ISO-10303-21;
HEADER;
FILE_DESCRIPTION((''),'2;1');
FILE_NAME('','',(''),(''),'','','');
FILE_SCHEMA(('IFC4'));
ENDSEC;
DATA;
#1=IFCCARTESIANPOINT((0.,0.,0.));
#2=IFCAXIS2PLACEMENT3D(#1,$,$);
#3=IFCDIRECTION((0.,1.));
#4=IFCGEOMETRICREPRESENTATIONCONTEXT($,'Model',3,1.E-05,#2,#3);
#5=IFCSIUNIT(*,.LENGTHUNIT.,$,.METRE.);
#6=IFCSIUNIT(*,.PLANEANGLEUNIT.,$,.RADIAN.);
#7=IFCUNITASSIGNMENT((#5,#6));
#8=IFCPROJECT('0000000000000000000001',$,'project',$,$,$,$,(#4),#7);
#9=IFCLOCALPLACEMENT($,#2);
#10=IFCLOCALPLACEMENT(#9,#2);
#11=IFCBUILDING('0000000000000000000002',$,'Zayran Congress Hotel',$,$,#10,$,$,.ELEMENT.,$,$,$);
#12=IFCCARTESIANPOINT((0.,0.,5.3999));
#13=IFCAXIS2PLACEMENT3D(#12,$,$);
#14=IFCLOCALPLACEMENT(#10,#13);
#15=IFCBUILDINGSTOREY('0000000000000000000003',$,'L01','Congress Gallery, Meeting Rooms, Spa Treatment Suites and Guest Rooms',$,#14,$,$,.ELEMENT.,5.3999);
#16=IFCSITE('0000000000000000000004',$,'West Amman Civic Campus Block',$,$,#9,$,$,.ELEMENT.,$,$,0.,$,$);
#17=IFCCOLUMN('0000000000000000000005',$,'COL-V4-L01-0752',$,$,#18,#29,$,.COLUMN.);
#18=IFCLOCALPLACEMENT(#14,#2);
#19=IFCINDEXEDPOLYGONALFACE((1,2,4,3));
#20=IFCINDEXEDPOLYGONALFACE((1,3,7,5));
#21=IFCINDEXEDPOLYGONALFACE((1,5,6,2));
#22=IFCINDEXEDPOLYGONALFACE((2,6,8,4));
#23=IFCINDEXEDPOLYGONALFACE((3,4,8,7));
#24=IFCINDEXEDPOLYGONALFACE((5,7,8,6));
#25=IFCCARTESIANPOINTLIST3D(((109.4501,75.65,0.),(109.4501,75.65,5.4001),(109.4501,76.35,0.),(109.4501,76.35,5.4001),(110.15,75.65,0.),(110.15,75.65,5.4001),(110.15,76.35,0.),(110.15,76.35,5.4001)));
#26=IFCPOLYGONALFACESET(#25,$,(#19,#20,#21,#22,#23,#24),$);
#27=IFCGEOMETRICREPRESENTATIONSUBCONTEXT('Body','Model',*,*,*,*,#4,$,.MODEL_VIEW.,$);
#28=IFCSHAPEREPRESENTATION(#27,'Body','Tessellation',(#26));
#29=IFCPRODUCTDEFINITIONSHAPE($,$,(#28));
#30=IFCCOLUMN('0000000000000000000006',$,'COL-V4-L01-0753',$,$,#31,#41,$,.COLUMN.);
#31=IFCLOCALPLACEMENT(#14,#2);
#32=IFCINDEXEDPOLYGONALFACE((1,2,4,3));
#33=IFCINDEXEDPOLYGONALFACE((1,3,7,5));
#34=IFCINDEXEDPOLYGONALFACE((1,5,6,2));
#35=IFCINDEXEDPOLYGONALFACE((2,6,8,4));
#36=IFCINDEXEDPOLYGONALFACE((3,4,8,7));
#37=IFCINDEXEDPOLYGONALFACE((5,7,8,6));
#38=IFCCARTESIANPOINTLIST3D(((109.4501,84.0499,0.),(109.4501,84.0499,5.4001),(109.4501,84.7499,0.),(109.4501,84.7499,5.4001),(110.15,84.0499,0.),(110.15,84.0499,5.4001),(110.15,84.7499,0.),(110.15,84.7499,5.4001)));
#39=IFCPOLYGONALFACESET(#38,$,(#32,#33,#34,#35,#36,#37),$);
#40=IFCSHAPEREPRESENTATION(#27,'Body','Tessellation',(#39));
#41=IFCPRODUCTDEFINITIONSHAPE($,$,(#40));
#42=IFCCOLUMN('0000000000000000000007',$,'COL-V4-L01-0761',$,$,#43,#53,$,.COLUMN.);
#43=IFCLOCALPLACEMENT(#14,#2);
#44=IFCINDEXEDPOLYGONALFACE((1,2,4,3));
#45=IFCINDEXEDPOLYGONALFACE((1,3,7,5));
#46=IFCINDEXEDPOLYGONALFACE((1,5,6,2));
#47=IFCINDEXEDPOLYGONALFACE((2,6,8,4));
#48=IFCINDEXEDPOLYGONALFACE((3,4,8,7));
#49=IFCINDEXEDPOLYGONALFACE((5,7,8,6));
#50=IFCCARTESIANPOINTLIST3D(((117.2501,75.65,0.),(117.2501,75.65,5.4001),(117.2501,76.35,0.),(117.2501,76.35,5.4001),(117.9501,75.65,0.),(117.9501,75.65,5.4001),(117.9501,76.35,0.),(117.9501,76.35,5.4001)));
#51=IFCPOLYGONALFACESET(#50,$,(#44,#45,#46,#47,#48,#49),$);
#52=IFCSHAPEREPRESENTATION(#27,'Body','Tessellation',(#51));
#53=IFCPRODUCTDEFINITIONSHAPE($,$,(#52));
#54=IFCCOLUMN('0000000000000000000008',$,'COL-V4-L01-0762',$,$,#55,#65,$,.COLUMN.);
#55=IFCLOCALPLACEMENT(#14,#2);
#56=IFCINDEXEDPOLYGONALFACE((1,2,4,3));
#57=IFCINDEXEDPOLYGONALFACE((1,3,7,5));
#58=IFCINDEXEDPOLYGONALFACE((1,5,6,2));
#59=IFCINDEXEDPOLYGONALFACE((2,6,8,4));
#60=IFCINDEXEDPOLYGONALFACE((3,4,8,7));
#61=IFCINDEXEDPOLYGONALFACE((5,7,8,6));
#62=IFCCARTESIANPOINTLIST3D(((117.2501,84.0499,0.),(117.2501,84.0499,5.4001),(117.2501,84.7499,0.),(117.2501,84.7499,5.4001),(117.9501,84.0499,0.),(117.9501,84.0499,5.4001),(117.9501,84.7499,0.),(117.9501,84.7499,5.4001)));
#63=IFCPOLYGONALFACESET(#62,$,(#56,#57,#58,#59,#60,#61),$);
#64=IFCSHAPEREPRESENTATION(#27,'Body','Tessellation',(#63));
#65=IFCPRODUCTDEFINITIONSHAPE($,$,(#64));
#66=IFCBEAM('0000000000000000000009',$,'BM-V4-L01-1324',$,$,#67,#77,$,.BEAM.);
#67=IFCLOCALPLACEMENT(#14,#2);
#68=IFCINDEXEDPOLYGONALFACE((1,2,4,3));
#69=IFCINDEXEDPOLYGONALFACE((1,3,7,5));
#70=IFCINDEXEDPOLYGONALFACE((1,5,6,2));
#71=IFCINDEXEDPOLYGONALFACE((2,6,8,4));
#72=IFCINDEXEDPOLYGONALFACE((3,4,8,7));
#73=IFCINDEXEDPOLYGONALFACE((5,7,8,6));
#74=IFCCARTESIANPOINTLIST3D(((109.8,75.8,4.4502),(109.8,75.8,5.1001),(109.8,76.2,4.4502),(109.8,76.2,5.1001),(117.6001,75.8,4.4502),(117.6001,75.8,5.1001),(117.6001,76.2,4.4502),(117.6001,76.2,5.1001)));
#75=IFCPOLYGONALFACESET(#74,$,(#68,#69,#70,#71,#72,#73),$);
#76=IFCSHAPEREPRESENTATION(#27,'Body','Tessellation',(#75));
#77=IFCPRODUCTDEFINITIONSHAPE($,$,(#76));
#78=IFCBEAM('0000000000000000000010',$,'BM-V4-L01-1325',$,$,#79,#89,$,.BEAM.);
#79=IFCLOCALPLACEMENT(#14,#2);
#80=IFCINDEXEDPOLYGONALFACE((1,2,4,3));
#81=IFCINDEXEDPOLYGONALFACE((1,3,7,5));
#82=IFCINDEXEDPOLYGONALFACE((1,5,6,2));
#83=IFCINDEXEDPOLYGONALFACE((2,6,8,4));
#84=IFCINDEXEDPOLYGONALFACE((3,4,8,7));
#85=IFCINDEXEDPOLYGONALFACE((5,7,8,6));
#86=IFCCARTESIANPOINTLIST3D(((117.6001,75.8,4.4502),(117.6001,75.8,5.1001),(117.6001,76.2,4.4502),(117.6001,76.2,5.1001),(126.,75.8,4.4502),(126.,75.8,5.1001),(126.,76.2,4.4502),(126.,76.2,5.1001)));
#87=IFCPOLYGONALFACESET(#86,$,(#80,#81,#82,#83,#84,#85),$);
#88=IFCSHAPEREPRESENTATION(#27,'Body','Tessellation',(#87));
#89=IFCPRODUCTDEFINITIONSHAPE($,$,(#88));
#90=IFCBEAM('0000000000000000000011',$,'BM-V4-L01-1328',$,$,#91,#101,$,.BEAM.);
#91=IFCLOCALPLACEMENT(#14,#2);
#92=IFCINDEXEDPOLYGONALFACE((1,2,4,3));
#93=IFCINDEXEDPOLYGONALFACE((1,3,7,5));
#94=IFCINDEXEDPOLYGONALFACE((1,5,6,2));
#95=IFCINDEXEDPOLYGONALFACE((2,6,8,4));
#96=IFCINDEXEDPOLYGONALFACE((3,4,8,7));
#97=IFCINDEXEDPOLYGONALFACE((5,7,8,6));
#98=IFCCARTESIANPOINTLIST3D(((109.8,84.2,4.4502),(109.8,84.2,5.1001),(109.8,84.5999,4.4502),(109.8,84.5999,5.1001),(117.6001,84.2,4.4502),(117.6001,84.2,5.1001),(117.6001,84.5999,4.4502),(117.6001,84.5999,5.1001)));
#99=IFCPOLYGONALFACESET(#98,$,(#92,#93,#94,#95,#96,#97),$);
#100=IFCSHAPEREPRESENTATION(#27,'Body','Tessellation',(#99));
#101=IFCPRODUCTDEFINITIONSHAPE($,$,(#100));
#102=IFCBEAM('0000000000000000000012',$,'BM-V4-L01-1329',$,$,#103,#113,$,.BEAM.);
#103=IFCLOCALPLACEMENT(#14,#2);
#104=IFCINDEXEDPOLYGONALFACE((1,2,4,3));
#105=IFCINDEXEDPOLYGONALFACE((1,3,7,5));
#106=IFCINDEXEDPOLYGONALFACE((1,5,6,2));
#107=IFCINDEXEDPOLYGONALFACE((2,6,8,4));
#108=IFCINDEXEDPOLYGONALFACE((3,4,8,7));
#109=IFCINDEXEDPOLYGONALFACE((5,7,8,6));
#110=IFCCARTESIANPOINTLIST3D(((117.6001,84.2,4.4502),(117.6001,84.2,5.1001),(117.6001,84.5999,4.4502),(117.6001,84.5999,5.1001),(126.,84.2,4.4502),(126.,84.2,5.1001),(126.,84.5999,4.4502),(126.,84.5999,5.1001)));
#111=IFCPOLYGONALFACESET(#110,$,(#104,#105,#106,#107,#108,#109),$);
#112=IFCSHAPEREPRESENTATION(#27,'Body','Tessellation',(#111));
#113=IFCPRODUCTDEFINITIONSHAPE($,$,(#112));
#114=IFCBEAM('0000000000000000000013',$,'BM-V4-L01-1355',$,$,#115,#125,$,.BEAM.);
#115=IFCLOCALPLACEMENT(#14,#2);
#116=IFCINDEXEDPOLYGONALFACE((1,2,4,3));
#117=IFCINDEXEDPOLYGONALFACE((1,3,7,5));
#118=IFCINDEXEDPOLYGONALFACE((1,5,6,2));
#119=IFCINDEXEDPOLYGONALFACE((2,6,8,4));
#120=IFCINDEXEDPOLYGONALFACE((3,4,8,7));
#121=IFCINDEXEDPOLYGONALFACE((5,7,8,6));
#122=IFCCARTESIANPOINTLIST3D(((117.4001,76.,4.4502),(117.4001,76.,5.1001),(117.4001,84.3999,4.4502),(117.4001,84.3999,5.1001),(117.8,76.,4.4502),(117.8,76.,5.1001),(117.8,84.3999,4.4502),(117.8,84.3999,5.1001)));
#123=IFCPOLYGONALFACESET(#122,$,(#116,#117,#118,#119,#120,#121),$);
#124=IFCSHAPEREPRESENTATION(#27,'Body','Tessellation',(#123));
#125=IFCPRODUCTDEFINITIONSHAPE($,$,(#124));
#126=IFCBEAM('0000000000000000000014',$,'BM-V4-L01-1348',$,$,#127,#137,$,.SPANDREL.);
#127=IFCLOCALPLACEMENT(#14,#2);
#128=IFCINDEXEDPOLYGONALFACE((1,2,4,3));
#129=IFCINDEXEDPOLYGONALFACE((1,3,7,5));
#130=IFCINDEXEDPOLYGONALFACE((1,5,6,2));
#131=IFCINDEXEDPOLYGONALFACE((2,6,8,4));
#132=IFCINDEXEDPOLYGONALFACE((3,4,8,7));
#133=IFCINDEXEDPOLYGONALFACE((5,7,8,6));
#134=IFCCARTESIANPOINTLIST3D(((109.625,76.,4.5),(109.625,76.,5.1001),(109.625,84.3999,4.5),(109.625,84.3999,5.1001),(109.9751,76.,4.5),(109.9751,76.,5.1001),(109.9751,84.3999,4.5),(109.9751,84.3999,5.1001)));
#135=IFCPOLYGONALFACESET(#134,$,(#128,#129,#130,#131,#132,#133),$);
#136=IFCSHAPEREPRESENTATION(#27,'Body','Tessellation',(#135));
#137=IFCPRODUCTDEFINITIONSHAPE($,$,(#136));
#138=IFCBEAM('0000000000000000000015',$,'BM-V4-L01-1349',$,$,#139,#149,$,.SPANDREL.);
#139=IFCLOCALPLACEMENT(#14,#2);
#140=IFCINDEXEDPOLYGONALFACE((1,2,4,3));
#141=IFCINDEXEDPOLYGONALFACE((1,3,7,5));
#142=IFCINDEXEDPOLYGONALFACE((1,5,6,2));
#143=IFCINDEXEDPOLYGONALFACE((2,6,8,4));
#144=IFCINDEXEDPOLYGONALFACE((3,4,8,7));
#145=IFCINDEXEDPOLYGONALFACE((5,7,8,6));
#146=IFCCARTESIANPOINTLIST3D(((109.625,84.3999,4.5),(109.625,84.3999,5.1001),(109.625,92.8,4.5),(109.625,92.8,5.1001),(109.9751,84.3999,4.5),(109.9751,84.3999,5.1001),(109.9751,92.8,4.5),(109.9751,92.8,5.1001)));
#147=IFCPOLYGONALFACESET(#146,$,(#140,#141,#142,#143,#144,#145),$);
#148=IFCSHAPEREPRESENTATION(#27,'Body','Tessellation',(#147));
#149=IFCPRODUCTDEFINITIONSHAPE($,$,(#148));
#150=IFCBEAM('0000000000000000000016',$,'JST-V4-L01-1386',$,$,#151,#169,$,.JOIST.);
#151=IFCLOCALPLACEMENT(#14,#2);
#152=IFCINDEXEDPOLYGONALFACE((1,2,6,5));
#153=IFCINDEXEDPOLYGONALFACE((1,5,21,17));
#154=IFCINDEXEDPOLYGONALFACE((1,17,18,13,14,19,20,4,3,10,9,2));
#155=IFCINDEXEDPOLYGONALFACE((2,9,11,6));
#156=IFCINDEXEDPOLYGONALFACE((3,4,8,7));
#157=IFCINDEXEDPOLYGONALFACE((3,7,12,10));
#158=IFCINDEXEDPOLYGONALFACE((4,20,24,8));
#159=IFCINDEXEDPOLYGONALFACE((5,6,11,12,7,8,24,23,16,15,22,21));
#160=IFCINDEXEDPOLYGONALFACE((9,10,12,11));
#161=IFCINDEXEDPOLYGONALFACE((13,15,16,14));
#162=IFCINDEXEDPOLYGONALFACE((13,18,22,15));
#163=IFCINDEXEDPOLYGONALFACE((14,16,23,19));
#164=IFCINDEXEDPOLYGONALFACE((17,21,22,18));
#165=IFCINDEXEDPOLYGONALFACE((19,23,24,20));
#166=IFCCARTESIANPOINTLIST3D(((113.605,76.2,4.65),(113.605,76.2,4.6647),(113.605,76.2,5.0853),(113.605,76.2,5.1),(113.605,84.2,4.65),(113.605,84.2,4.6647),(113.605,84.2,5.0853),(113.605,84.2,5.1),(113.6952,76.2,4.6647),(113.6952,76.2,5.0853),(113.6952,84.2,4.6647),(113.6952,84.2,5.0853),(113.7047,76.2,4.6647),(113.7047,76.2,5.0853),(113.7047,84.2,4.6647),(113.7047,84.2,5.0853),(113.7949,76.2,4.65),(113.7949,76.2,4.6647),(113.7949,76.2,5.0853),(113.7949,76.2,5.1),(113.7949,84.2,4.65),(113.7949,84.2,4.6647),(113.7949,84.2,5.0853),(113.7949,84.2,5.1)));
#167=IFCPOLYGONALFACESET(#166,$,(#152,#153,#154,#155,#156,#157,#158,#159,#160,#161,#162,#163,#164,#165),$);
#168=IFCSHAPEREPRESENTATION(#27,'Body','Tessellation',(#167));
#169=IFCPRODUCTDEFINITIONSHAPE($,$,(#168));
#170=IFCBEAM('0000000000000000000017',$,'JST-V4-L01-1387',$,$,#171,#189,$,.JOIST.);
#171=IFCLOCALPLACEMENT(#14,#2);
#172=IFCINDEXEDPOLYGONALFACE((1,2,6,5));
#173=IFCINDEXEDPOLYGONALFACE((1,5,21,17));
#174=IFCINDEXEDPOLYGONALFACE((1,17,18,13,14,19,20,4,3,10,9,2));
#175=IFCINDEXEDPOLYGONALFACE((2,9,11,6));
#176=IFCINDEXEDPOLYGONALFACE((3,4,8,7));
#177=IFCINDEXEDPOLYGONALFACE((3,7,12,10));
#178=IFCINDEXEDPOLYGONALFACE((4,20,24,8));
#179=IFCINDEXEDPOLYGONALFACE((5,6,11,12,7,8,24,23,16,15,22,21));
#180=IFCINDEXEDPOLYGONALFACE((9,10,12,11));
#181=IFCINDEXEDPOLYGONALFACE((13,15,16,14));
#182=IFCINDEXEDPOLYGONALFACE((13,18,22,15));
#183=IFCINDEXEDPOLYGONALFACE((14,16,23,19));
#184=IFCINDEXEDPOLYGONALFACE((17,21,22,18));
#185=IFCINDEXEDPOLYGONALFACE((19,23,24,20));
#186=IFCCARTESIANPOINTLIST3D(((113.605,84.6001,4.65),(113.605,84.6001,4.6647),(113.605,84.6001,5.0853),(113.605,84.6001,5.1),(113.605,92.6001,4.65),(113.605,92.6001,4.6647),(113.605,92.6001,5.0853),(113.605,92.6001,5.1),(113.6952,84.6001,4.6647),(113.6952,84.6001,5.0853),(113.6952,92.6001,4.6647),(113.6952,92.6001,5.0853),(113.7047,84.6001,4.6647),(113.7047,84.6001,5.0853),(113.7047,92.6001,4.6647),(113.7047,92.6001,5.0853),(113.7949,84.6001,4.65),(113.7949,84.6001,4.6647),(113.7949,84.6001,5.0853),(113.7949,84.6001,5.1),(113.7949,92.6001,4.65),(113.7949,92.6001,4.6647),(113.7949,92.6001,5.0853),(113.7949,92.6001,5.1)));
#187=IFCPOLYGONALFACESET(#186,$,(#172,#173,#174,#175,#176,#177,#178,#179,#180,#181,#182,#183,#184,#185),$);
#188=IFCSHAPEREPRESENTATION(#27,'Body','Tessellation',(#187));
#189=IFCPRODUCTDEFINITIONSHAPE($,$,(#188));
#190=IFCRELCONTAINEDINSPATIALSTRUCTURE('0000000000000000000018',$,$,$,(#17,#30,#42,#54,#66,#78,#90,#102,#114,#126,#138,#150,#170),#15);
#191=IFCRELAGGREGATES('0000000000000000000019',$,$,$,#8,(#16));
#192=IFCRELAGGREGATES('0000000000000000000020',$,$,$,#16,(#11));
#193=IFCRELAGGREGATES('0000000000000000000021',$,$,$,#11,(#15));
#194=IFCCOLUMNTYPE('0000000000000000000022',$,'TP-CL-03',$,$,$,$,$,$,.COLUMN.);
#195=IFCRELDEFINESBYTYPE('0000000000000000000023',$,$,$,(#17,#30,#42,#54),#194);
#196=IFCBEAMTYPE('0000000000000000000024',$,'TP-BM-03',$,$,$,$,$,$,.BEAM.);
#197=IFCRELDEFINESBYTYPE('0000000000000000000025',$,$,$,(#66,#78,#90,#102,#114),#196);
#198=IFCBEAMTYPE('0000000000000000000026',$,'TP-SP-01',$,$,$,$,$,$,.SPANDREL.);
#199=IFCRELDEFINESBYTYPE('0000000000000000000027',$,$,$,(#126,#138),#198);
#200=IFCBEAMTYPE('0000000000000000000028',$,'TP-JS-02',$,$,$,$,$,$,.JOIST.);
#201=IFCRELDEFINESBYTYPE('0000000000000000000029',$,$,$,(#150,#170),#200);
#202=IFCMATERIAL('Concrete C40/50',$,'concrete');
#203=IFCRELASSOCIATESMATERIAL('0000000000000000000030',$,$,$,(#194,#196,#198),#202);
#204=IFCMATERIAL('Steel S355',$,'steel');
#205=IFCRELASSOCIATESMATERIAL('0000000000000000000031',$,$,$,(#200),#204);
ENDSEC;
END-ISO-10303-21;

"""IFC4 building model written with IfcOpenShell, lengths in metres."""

from ifc_helpers import new_model, si_unit, direction, frame, origin, origin_2d, place, context, subcontext, project, spatial, rectangle, i_section, extrude, material, material_profile, profile_set, type_object, element, save


model = new_model("IFC4")

# Units and contexts
model_context = context("Model", 3, precision=1e-05, world=origin(), true_north=direction((0.0, 1.0)))
body_context = subcontext(model_context, "Body", "Model", "MODEL_VIEW")
ifc_project = project(units=[si_unit("LENGTHUNIT", "METRE"), si_unit("PLANEANGLEUNIT", "RADIAN")], contexts=[model_context])

# Site, building, storey
site_placement = place(None, origin())
site = spatial("IfcSite", under=ifc_project, at=site_placement, Name="West Amman Civic Campus Block", CompositionType="ELEMENT", RefElevation=0.0)
building_placement = place(site_placement, origin())
building = spatial("IfcBuilding", under=site, at=building_placement, Name="Zayran Congress Hotel", CompositionType="ELEMENT")
storey_placement = place(building_placement, frame((0.0, 0.0, 5.3999)))
storey = spatial("IfcBuildingStorey", under=building, at=storey_placement, Name="L01", Description="Congress Gallery, Meeting Rooms, Spa Treatment Suites and Guest Rooms", CompositionType="ELEMENT", Elevation=5.3999)

# Columns
ifc_material_1 = material(Name="Concrete C40/50", Category="concrete")
ifc_material_profile_1 = material_profile(ifc_material_1, rectangle(XDim=0.7, YDim=0.7, at=origin_2d()), Name="RC 700x700")
ifc_profile_set_1 = profile_set([ifc_material_profile_1], Name="Concrete C40/50")
column_type = type_object("IfcColumnType", Name="TP-CL-03", PredefinedType="COLUMN", material=ifc_profile_set_1)
for number, where, z_axis, x_axis, name in (
    (1, (109.8, 76.0, 0.0), (0.0, 0.0, 1.0), (1.0, 0.0, 0.0), "COL-V4-L01-0752"),
    (2, (109.8, 84.3999, 0.0), (0.0, 0.0, 1.0), (1.0, 0.0, 0.0), "COL-V4-L01-0753"),
    (3, (117.6001, 76.0, 0.0), (0.0, 0.0, 1.0), (1.0, 0.0, 0.0), "COL-V4-L01-0761"),
    (4, (117.6001, 84.3999, 0.0), (0.0, 0.0, 1.0), (1.0, 0.0, 0.0), "COL-V4-L01-0762"),
):
    element("IfcColumn", number, at=place(storey_placement, frame(where, z_axis=z_axis, x_axis=x_axis)), inside=storey, type_object=column_type, Name=name, PredefinedType="COLUMN", context=body_context, shape_type="SweptSolid", body=[
        extrude(rectangle(XDim=0.7, YDim=0.7, at=origin_2d()), origin(), (0.0, 0.0, 1.0), 5.4001),
    ])

# Beams
ifc_material_profile_2 = material_profile(ifc_material_1, rectangle(XDim=0.3999, YDim=0.6499, at=origin_2d()), Name="RC 400x650")
ifc_profile_set_2 = profile_set([ifc_material_profile_2], Name="Concrete C40/50")
beam_type_1 = type_object("IfcBeamType", Name="TP-BM-03", PredefinedType="BEAM", material=ifc_profile_set_2)
beam_1_placement = place(storey_placement, frame((109.8, 76.0, 4.7751), z_axis=(1.0, 0.0, 0.0), x_axis=(0.0, 1.0, 0.0)))
element("IfcBeam", 5, at=beam_1_placement, inside=storey, type_object=beam_type_1, Name="BM-V4-L01-1324", PredefinedType="BEAM", context=body_context, shape_type="SweptSolid", body=[
    extrude(rectangle(XDim=0.3999, YDim=0.6499, at=origin_2d()), origin(), (0.0, 0.0, 1.0), 7.8),
])
beam_2_placement = place(storey_placement, frame((117.6001, 76.0, 4.7751), z_axis=(1.0, 0.0, 0.0), x_axis=(0.0, 1.0, 0.0)))
element("IfcBeam", 6, at=beam_2_placement, inside=storey, type_object=beam_type_1, Name="BM-V4-L01-1325", PredefinedType="BEAM", context=body_context, shape_type="SweptSolid", body=[
    extrude(rectangle(XDim=0.3999, YDim=0.6499, at=origin_2d()), origin(), (0.0, 0.0, 1.0), 8.3999),
])
beam_3_placement = place(storey_placement, frame((109.8, 84.3999, 4.7751), z_axis=(1.0, 0.0, 0.0), x_axis=(0.0, 1.0, 0.0)))
element("IfcBeam", 7, at=beam_3_placement, inside=storey, type_object=beam_type_1, Name="BM-V4-L01-1328", PredefinedType="BEAM", context=body_context, shape_type="SweptSolid", body=[
    extrude(rectangle(XDim=0.3999, YDim=0.6499, at=origin_2d()), origin(), (0.0, 0.0, 1.0), 7.8),
])
for number, where, z_axis, x_axis, name in (
    (8, (117.6001, 84.3999, 4.7751), (1.0, 0.0, 0.0), (0.0, 1.0, 0.0), "BM-V4-L01-1329"),
    (9, (117.6001, 76.0, 4.7751), (0.0, 1.0, 0.0), (-1.0, 0.0, 0.0), "BM-V4-L01-1355"),
):
    element("IfcBeam", number, at=place(storey_placement, frame(where, z_axis=z_axis, x_axis=x_axis)), inside=storey, type_object=beam_type_1, Name=name, PredefinedType="BEAM", context=body_context, shape_type="SweptSolid", body=[
        extrude(rectangle(XDim=0.3999, YDim=0.6499, at=origin_2d()), origin(), (0.0, 0.0, 1.0), 8.3999),
    ])
ifc_material_profile_3 = material_profile(ifc_material_1, rectangle(XDim=0.3501, YDim=0.6001, at=origin_2d()), Name="RC 350x600")
ifc_profile_set_3 = profile_set([ifc_material_profile_3], Name="Concrete C40/50")
beam_type_2 = type_object("IfcBeamType", Name="TP-SP-01", PredefinedType="SPANDREL", material=ifc_profile_set_3)
beam_4_placement = place(storey_placement, frame((109.8, 76.0, 4.8), z_axis=(0.0, 1.0, 0.0), x_axis=(-1.0, 0.0, 0.0)))
element("IfcBeam", 10, at=beam_4_placement, inside=storey, type_object=beam_type_2, Name="BM-V4-L01-1348", PredefinedType="SPANDREL", context=body_context, shape_type="SweptSolid", body=[
    extrude(rectangle(XDim=0.3501, YDim=0.6001, at=origin_2d()), origin(), (0.0, 0.0, 1.0), 8.3999),
])
beam_5_placement = place(storey_placement, frame((109.8, 84.3999, 4.8), z_axis=(0.0, 1.0, 0.0), x_axis=(-1.0, 0.0, 0.0)))
element("IfcBeam", 11, at=beam_5_placement, inside=storey, type_object=beam_type_2, Name="BM-V4-L01-1349", PredefinedType="SPANDREL", context=body_context, shape_type="SweptSolid", body=[
    extrude(rectangle(XDim=0.3501, YDim=0.6001, at=origin_2d()), origin(), (0.0, 0.0, 1.0), 8.4001),
])
ifc_material_2 = material(Name="Steel S355", Category="steel")
ifc_material_profile_4 = material_profile(ifc_material_2, i_section(OverallWidth=0.1899, OverallDepth=0.45, WebThickness=0.0095, FlangeThickness=0.0146, at=origin_2d()), Name="IPE 450")
ifc_profile_set_4 = profile_set([ifc_material_profile_4], Name="Steel S355")
beam_type_3 = type_object("IfcBeamType", Name="TP-JS-02", PredefinedType="JOIST", material=ifc_profile_set_4)
for number, where, z_axis, x_axis, name in (
    (12, (113.7, 76.2, 4.875), (0.0, 1.0, 0.0), (-1.0, 0.0, 0.0), "JST-V4-L01-1386"),
    (13, (113.7, 84.6001, 4.875), (0.0, 1.0, 0.0), (-1.0, 0.0, 0.0), "JST-V4-L01-1387"),
):
    element("IfcBeam", number, at=place(storey_placement, frame(where, z_axis=z_axis, x_axis=x_axis)), inside=storey, type_object=beam_type_3, Name=name, PredefinedType="JOIST", context=body_context, shape_type="SweptSolid", body=[
        extrude(i_section(OverallWidth=0.1899, OverallDepth=0.45, WebThickness=0.0095, FlangeThickness=0.0146, at=origin_2d()), origin(), (0.0, 0.0, 1.0), 8.0),
    ])

save(model, "model.ifc")
